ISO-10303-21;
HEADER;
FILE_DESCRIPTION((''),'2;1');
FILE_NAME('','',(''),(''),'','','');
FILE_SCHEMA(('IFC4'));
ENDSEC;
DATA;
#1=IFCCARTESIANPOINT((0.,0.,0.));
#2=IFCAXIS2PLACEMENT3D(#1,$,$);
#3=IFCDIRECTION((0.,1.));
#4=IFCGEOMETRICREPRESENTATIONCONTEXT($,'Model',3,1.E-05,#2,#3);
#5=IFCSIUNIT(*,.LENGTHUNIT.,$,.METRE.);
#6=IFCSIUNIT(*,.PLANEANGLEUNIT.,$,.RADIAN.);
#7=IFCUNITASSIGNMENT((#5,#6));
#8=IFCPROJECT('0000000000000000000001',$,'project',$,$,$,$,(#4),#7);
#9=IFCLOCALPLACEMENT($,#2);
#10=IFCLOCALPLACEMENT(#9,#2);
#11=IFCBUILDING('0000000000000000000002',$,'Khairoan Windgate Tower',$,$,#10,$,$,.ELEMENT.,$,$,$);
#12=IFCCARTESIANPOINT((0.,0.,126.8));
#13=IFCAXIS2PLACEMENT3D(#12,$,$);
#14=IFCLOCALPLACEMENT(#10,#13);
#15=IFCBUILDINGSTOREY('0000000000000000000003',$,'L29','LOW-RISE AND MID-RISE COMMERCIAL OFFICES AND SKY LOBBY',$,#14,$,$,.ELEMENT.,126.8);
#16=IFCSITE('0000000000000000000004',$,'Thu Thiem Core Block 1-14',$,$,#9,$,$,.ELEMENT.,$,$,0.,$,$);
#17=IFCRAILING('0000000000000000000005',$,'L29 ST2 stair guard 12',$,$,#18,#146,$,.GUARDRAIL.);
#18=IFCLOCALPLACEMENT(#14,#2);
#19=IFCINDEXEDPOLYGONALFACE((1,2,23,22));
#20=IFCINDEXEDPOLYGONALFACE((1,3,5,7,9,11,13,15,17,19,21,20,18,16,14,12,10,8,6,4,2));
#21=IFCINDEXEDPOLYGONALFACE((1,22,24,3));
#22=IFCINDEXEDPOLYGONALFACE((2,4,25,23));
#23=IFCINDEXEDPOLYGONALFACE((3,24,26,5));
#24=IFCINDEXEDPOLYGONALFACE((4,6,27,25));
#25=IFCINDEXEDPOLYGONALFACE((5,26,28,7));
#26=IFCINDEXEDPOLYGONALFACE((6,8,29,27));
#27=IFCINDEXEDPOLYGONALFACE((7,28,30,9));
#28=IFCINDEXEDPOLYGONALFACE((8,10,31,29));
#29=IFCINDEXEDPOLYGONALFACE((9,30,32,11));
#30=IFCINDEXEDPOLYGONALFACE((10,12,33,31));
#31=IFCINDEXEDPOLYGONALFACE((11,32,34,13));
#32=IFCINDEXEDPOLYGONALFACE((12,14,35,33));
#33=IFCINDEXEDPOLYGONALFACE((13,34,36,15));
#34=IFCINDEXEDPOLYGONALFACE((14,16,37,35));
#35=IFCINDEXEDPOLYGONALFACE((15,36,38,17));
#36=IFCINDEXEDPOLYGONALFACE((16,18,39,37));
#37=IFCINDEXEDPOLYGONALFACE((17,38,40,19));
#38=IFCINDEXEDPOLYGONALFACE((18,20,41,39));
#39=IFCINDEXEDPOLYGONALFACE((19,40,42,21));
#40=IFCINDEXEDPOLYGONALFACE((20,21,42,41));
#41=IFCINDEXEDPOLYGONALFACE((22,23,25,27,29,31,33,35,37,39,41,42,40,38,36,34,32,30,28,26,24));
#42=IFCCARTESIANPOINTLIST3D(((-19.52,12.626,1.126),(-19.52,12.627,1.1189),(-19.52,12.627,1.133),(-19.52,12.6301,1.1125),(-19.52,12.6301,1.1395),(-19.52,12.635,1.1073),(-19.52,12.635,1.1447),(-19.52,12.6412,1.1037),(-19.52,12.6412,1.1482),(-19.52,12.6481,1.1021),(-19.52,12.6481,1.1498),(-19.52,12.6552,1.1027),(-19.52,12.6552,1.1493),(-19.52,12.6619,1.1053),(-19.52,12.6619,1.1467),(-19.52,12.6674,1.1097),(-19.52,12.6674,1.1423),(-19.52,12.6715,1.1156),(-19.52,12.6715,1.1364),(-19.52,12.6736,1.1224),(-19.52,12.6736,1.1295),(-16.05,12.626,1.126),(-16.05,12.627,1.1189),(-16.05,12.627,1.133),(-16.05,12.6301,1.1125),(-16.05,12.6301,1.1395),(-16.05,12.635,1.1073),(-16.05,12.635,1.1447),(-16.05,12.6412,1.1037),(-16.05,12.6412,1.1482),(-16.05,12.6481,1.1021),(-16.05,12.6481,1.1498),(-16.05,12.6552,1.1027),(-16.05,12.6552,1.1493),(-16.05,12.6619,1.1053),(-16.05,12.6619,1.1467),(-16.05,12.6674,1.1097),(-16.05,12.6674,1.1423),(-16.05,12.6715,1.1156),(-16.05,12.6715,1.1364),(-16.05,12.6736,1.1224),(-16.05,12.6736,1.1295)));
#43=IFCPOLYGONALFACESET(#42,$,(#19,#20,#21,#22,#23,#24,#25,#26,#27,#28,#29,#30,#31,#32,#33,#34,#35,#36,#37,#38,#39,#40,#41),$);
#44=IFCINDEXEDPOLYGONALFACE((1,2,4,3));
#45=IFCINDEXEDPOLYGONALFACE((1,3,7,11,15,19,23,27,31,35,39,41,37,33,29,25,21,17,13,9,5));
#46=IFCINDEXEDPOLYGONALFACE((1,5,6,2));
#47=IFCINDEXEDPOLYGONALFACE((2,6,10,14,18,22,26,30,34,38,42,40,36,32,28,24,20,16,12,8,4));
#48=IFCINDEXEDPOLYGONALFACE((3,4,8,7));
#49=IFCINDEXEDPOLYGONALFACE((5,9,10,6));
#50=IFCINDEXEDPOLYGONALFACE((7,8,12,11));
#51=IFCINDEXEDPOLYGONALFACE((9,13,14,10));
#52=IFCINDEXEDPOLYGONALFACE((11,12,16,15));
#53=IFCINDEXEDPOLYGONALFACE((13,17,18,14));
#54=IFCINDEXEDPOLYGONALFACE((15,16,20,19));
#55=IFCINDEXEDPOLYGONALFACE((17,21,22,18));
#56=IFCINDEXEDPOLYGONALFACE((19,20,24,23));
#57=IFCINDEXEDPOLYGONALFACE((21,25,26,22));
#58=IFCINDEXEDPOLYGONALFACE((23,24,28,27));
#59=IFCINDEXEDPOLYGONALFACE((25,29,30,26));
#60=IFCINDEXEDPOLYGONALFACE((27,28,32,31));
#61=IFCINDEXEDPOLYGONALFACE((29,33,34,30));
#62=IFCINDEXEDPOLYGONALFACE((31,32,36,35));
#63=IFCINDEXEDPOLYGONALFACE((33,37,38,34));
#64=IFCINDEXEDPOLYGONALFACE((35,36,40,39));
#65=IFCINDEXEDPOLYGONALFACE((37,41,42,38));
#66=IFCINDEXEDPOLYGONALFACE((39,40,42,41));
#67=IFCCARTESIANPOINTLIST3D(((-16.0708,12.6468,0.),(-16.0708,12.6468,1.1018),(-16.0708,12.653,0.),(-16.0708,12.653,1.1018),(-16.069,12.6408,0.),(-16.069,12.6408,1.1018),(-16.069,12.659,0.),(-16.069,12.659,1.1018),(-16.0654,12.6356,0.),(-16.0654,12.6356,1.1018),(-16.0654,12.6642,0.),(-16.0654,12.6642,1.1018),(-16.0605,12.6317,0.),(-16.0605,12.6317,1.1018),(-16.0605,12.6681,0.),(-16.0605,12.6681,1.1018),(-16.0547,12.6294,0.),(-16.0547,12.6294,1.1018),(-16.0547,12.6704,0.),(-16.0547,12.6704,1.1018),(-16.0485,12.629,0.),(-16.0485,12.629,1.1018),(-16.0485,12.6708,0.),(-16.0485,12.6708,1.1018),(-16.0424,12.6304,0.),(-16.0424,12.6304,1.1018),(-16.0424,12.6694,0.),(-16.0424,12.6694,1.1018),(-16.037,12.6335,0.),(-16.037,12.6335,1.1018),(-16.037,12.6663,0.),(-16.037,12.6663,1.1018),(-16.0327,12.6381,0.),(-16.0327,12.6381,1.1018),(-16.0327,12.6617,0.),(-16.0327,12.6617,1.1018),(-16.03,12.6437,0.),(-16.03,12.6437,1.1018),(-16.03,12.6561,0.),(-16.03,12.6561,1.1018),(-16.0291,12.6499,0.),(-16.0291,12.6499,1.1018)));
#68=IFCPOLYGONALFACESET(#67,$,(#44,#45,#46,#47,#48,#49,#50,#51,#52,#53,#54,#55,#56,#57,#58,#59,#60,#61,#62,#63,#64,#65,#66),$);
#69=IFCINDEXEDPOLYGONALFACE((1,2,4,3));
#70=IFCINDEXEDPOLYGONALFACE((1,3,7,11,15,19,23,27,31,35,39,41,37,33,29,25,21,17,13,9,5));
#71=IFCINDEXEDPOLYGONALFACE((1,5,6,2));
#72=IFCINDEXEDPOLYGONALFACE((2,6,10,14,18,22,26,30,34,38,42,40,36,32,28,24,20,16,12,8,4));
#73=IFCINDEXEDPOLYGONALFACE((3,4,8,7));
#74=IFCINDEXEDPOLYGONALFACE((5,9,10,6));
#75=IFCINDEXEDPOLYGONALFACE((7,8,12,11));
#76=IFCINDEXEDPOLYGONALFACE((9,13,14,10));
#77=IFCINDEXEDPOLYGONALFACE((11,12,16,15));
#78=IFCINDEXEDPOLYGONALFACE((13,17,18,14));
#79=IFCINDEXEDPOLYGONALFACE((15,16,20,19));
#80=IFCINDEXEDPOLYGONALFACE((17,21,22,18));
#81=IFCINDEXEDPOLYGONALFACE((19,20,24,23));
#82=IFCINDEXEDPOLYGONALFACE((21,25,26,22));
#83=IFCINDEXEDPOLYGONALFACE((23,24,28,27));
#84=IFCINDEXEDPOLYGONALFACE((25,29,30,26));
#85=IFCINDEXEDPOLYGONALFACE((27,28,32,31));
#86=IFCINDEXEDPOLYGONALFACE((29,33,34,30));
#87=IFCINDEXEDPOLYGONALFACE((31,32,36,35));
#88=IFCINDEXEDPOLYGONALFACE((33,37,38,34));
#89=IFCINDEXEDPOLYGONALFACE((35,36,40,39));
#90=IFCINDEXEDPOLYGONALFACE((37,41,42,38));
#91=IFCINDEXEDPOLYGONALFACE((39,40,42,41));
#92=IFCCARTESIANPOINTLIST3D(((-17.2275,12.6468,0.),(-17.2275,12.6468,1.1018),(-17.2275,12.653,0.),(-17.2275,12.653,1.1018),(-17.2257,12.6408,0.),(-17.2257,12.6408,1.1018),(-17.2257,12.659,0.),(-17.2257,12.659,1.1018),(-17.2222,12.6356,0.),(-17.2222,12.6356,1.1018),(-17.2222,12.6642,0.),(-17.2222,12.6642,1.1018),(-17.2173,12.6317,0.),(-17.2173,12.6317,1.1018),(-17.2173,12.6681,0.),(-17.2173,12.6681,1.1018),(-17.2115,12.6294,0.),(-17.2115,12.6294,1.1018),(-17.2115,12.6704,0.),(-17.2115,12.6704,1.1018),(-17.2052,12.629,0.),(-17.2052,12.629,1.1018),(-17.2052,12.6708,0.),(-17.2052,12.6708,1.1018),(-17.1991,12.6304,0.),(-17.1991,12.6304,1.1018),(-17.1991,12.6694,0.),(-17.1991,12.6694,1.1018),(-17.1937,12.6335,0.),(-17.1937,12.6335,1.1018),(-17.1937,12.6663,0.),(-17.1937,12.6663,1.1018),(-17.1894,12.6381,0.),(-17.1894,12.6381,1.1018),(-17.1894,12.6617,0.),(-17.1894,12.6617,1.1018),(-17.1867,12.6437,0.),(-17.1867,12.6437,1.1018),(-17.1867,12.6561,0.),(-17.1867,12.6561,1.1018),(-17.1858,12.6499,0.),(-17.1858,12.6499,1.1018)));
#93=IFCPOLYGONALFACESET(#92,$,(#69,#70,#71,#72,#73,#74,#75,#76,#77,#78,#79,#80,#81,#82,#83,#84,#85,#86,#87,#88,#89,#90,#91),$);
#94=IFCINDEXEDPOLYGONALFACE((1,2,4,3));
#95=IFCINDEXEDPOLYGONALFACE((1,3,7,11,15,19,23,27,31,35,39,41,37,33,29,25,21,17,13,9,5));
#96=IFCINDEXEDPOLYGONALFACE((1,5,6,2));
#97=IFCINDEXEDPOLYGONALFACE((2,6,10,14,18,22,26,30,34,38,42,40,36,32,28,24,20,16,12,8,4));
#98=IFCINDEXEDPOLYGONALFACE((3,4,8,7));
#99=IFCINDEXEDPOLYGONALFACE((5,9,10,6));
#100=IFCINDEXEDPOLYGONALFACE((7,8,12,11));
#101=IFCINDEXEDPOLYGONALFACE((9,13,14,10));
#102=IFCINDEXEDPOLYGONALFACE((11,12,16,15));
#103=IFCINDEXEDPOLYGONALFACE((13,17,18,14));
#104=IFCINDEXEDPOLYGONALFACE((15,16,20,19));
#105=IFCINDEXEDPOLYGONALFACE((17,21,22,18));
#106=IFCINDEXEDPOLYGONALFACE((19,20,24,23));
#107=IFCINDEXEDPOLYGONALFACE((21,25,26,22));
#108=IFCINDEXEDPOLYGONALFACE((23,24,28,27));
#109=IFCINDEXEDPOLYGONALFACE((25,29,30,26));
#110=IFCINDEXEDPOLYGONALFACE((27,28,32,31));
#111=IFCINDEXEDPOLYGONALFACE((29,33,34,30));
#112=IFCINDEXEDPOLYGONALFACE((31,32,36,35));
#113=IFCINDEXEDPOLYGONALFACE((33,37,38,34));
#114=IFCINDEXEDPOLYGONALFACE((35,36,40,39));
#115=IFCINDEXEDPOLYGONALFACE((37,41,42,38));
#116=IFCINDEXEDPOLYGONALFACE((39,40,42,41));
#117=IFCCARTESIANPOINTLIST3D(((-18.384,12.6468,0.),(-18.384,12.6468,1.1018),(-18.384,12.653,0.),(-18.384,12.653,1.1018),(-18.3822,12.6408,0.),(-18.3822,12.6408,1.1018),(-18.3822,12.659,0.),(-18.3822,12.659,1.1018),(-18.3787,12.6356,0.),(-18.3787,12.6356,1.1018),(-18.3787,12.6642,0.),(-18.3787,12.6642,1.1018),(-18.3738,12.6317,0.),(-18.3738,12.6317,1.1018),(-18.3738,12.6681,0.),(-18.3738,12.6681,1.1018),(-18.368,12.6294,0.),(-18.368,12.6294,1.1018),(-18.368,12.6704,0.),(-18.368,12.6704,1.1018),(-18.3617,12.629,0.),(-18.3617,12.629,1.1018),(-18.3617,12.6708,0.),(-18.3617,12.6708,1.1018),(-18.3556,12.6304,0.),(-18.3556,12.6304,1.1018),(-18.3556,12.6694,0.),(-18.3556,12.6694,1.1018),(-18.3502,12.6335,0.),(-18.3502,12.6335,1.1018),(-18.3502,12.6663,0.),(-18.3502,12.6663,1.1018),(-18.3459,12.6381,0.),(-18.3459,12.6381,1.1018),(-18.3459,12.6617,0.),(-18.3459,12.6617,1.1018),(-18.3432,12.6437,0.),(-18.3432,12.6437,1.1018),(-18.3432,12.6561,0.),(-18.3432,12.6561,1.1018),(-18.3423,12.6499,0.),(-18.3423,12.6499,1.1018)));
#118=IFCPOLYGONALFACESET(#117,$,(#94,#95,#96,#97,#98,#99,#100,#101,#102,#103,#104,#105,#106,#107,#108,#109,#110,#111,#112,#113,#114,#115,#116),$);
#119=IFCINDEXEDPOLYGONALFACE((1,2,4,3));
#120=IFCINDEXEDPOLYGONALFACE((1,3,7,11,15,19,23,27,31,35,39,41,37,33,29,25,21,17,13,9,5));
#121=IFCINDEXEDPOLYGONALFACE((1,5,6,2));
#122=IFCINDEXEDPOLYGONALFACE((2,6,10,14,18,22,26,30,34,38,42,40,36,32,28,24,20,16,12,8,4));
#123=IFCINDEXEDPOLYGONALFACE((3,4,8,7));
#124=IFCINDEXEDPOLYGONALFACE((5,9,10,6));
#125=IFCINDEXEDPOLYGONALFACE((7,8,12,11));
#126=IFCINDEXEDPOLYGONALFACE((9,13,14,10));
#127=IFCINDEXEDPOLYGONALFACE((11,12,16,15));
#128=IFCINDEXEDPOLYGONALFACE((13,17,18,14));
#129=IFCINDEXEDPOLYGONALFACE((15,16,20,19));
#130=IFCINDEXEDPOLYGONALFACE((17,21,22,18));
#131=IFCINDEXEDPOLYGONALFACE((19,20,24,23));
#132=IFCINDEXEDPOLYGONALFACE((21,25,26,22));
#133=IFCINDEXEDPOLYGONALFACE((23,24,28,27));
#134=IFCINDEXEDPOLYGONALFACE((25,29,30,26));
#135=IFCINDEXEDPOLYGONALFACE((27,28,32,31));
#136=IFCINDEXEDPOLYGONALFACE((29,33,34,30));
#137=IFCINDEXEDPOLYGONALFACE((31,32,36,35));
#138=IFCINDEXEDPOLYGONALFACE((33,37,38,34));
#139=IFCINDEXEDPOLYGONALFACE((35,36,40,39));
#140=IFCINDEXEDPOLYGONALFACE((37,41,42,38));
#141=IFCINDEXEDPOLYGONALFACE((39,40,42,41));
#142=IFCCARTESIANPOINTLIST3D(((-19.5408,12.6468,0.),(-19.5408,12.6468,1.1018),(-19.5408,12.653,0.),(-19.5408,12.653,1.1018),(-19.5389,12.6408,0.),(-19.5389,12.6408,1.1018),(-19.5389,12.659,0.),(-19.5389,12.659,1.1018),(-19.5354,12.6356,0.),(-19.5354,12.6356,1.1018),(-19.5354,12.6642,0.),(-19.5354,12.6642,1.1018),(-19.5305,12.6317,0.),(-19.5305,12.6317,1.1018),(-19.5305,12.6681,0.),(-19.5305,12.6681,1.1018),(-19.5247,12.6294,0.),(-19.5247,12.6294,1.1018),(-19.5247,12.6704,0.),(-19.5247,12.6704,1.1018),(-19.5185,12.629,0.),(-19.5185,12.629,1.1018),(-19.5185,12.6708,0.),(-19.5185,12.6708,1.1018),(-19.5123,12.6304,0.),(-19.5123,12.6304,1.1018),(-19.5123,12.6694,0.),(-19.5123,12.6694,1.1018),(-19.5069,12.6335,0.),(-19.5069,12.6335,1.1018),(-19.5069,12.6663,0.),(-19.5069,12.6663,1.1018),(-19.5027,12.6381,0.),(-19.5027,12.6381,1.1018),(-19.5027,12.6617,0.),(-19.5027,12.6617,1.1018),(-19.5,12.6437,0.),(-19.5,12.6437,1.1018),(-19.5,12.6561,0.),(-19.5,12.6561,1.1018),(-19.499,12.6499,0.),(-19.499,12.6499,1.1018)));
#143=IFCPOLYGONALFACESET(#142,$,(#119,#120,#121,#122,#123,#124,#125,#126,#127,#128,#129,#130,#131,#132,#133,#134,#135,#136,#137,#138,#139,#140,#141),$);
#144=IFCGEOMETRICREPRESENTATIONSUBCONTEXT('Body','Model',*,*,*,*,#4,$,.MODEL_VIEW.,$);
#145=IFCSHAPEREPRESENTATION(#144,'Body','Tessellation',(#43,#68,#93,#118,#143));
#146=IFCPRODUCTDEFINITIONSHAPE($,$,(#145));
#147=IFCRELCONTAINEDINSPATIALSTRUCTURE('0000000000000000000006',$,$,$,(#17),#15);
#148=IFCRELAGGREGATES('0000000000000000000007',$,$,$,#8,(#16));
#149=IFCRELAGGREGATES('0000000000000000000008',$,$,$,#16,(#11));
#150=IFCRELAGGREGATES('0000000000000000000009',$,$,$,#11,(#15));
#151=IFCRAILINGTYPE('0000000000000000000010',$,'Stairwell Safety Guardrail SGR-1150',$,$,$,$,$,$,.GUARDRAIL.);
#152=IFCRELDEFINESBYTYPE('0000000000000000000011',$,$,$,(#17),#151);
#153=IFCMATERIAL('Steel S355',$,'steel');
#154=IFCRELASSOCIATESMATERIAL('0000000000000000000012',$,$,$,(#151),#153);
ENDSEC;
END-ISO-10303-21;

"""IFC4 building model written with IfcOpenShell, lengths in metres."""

from ifc_helpers import new_model, si_unit, direction, frame, origin, origin_2d, place, context, subcontext, project, spatial, circle, extrude, material, type_object, element, save


model = new_model("IFC4")

# Units and contexts
model_context = context("Model", 3, precision=1e-05, world=origin(), true_north=direction((0.0, 1.0)))
body_context = subcontext(model_context, "Body", "Model", "MODEL_VIEW")
ifc_project = project(units=[si_unit("LENGTHUNIT", "METRE"), si_unit("PLANEANGLEUNIT", "RADIAN")], contexts=[model_context])

# Site, building, storey
site_placement = place(None, origin())
site = spatial("IfcSite", under=ifc_project, at=site_placement, Name="Thu Thiem Core Block 1-14", CompositionType="ELEMENT", RefElevation=0.0)
building_placement = place(site_placement, origin())
building = spatial("IfcBuilding", under=site, at=building_placement, Name="Khairoan Windgate Tower", CompositionType="ELEMENT")
storey_placement = place(building_placement, frame((0.0, 0.0, 126.8)))
storey = spatial("IfcBuildingStorey", under=building, at=storey_placement, Name="L29", Description="LOW-RISE AND MID-RISE COMMERCIAL OFFICES AND SKY LOBBY", CompositionType="ELEMENT", Elevation=126.8)

# Railing
ifc_material_1 = material(Name="Steel S355", Category="steel")
railing_type = type_object("IfcRailingType", Name="Stairwell Safety Guardrail SGR-1150", PredefinedType="GUARDRAIL", material=ifc_material_1)
railing_1_placement = place(storey_placement, frame((-16.05, 12.6499, 0.0)))
element("IfcRailing", 1, at=railing_1_placement, inside=storey, type_object=railing_type, Name="L29 ST2 stair guard 12", PredefinedType="GUARDRAIL", context=body_context, shape_type="SweptSolid", body=[
    extrude(circle(Radius=0.0239, at=origin_2d()), frame((0.0, 0.0, 1.126), z_axis=(-1.0, 0.0, 0.0), x_axis=(0.0, -1.0, 0.0)), (0.0, 0.0, 1.0), 3.47),
    extrude(circle(Radius=0.021, at=origin_2d()), origin(), (0.0, 0.0, 1.0), 1.1018),
    extrude(circle(Radius=0.021, at=origin_2d()), frame((-1.1567, 0.0, 0.0)), (0.0, 0.0, 1.0), 1.1018),
    extrude(circle(Radius=0.021, at=origin_2d()), frame((-2.3132, 0.0, 0.0)), (0.0, 0.0, 1.0), 1.1018),
    extrude(circle(Radius=0.021, at=origin_2d()), frame((-3.47, 0.0, 0.0)), (0.0, 0.0, 1.0), 1.1018),
])

save(model, "model.ifc")
